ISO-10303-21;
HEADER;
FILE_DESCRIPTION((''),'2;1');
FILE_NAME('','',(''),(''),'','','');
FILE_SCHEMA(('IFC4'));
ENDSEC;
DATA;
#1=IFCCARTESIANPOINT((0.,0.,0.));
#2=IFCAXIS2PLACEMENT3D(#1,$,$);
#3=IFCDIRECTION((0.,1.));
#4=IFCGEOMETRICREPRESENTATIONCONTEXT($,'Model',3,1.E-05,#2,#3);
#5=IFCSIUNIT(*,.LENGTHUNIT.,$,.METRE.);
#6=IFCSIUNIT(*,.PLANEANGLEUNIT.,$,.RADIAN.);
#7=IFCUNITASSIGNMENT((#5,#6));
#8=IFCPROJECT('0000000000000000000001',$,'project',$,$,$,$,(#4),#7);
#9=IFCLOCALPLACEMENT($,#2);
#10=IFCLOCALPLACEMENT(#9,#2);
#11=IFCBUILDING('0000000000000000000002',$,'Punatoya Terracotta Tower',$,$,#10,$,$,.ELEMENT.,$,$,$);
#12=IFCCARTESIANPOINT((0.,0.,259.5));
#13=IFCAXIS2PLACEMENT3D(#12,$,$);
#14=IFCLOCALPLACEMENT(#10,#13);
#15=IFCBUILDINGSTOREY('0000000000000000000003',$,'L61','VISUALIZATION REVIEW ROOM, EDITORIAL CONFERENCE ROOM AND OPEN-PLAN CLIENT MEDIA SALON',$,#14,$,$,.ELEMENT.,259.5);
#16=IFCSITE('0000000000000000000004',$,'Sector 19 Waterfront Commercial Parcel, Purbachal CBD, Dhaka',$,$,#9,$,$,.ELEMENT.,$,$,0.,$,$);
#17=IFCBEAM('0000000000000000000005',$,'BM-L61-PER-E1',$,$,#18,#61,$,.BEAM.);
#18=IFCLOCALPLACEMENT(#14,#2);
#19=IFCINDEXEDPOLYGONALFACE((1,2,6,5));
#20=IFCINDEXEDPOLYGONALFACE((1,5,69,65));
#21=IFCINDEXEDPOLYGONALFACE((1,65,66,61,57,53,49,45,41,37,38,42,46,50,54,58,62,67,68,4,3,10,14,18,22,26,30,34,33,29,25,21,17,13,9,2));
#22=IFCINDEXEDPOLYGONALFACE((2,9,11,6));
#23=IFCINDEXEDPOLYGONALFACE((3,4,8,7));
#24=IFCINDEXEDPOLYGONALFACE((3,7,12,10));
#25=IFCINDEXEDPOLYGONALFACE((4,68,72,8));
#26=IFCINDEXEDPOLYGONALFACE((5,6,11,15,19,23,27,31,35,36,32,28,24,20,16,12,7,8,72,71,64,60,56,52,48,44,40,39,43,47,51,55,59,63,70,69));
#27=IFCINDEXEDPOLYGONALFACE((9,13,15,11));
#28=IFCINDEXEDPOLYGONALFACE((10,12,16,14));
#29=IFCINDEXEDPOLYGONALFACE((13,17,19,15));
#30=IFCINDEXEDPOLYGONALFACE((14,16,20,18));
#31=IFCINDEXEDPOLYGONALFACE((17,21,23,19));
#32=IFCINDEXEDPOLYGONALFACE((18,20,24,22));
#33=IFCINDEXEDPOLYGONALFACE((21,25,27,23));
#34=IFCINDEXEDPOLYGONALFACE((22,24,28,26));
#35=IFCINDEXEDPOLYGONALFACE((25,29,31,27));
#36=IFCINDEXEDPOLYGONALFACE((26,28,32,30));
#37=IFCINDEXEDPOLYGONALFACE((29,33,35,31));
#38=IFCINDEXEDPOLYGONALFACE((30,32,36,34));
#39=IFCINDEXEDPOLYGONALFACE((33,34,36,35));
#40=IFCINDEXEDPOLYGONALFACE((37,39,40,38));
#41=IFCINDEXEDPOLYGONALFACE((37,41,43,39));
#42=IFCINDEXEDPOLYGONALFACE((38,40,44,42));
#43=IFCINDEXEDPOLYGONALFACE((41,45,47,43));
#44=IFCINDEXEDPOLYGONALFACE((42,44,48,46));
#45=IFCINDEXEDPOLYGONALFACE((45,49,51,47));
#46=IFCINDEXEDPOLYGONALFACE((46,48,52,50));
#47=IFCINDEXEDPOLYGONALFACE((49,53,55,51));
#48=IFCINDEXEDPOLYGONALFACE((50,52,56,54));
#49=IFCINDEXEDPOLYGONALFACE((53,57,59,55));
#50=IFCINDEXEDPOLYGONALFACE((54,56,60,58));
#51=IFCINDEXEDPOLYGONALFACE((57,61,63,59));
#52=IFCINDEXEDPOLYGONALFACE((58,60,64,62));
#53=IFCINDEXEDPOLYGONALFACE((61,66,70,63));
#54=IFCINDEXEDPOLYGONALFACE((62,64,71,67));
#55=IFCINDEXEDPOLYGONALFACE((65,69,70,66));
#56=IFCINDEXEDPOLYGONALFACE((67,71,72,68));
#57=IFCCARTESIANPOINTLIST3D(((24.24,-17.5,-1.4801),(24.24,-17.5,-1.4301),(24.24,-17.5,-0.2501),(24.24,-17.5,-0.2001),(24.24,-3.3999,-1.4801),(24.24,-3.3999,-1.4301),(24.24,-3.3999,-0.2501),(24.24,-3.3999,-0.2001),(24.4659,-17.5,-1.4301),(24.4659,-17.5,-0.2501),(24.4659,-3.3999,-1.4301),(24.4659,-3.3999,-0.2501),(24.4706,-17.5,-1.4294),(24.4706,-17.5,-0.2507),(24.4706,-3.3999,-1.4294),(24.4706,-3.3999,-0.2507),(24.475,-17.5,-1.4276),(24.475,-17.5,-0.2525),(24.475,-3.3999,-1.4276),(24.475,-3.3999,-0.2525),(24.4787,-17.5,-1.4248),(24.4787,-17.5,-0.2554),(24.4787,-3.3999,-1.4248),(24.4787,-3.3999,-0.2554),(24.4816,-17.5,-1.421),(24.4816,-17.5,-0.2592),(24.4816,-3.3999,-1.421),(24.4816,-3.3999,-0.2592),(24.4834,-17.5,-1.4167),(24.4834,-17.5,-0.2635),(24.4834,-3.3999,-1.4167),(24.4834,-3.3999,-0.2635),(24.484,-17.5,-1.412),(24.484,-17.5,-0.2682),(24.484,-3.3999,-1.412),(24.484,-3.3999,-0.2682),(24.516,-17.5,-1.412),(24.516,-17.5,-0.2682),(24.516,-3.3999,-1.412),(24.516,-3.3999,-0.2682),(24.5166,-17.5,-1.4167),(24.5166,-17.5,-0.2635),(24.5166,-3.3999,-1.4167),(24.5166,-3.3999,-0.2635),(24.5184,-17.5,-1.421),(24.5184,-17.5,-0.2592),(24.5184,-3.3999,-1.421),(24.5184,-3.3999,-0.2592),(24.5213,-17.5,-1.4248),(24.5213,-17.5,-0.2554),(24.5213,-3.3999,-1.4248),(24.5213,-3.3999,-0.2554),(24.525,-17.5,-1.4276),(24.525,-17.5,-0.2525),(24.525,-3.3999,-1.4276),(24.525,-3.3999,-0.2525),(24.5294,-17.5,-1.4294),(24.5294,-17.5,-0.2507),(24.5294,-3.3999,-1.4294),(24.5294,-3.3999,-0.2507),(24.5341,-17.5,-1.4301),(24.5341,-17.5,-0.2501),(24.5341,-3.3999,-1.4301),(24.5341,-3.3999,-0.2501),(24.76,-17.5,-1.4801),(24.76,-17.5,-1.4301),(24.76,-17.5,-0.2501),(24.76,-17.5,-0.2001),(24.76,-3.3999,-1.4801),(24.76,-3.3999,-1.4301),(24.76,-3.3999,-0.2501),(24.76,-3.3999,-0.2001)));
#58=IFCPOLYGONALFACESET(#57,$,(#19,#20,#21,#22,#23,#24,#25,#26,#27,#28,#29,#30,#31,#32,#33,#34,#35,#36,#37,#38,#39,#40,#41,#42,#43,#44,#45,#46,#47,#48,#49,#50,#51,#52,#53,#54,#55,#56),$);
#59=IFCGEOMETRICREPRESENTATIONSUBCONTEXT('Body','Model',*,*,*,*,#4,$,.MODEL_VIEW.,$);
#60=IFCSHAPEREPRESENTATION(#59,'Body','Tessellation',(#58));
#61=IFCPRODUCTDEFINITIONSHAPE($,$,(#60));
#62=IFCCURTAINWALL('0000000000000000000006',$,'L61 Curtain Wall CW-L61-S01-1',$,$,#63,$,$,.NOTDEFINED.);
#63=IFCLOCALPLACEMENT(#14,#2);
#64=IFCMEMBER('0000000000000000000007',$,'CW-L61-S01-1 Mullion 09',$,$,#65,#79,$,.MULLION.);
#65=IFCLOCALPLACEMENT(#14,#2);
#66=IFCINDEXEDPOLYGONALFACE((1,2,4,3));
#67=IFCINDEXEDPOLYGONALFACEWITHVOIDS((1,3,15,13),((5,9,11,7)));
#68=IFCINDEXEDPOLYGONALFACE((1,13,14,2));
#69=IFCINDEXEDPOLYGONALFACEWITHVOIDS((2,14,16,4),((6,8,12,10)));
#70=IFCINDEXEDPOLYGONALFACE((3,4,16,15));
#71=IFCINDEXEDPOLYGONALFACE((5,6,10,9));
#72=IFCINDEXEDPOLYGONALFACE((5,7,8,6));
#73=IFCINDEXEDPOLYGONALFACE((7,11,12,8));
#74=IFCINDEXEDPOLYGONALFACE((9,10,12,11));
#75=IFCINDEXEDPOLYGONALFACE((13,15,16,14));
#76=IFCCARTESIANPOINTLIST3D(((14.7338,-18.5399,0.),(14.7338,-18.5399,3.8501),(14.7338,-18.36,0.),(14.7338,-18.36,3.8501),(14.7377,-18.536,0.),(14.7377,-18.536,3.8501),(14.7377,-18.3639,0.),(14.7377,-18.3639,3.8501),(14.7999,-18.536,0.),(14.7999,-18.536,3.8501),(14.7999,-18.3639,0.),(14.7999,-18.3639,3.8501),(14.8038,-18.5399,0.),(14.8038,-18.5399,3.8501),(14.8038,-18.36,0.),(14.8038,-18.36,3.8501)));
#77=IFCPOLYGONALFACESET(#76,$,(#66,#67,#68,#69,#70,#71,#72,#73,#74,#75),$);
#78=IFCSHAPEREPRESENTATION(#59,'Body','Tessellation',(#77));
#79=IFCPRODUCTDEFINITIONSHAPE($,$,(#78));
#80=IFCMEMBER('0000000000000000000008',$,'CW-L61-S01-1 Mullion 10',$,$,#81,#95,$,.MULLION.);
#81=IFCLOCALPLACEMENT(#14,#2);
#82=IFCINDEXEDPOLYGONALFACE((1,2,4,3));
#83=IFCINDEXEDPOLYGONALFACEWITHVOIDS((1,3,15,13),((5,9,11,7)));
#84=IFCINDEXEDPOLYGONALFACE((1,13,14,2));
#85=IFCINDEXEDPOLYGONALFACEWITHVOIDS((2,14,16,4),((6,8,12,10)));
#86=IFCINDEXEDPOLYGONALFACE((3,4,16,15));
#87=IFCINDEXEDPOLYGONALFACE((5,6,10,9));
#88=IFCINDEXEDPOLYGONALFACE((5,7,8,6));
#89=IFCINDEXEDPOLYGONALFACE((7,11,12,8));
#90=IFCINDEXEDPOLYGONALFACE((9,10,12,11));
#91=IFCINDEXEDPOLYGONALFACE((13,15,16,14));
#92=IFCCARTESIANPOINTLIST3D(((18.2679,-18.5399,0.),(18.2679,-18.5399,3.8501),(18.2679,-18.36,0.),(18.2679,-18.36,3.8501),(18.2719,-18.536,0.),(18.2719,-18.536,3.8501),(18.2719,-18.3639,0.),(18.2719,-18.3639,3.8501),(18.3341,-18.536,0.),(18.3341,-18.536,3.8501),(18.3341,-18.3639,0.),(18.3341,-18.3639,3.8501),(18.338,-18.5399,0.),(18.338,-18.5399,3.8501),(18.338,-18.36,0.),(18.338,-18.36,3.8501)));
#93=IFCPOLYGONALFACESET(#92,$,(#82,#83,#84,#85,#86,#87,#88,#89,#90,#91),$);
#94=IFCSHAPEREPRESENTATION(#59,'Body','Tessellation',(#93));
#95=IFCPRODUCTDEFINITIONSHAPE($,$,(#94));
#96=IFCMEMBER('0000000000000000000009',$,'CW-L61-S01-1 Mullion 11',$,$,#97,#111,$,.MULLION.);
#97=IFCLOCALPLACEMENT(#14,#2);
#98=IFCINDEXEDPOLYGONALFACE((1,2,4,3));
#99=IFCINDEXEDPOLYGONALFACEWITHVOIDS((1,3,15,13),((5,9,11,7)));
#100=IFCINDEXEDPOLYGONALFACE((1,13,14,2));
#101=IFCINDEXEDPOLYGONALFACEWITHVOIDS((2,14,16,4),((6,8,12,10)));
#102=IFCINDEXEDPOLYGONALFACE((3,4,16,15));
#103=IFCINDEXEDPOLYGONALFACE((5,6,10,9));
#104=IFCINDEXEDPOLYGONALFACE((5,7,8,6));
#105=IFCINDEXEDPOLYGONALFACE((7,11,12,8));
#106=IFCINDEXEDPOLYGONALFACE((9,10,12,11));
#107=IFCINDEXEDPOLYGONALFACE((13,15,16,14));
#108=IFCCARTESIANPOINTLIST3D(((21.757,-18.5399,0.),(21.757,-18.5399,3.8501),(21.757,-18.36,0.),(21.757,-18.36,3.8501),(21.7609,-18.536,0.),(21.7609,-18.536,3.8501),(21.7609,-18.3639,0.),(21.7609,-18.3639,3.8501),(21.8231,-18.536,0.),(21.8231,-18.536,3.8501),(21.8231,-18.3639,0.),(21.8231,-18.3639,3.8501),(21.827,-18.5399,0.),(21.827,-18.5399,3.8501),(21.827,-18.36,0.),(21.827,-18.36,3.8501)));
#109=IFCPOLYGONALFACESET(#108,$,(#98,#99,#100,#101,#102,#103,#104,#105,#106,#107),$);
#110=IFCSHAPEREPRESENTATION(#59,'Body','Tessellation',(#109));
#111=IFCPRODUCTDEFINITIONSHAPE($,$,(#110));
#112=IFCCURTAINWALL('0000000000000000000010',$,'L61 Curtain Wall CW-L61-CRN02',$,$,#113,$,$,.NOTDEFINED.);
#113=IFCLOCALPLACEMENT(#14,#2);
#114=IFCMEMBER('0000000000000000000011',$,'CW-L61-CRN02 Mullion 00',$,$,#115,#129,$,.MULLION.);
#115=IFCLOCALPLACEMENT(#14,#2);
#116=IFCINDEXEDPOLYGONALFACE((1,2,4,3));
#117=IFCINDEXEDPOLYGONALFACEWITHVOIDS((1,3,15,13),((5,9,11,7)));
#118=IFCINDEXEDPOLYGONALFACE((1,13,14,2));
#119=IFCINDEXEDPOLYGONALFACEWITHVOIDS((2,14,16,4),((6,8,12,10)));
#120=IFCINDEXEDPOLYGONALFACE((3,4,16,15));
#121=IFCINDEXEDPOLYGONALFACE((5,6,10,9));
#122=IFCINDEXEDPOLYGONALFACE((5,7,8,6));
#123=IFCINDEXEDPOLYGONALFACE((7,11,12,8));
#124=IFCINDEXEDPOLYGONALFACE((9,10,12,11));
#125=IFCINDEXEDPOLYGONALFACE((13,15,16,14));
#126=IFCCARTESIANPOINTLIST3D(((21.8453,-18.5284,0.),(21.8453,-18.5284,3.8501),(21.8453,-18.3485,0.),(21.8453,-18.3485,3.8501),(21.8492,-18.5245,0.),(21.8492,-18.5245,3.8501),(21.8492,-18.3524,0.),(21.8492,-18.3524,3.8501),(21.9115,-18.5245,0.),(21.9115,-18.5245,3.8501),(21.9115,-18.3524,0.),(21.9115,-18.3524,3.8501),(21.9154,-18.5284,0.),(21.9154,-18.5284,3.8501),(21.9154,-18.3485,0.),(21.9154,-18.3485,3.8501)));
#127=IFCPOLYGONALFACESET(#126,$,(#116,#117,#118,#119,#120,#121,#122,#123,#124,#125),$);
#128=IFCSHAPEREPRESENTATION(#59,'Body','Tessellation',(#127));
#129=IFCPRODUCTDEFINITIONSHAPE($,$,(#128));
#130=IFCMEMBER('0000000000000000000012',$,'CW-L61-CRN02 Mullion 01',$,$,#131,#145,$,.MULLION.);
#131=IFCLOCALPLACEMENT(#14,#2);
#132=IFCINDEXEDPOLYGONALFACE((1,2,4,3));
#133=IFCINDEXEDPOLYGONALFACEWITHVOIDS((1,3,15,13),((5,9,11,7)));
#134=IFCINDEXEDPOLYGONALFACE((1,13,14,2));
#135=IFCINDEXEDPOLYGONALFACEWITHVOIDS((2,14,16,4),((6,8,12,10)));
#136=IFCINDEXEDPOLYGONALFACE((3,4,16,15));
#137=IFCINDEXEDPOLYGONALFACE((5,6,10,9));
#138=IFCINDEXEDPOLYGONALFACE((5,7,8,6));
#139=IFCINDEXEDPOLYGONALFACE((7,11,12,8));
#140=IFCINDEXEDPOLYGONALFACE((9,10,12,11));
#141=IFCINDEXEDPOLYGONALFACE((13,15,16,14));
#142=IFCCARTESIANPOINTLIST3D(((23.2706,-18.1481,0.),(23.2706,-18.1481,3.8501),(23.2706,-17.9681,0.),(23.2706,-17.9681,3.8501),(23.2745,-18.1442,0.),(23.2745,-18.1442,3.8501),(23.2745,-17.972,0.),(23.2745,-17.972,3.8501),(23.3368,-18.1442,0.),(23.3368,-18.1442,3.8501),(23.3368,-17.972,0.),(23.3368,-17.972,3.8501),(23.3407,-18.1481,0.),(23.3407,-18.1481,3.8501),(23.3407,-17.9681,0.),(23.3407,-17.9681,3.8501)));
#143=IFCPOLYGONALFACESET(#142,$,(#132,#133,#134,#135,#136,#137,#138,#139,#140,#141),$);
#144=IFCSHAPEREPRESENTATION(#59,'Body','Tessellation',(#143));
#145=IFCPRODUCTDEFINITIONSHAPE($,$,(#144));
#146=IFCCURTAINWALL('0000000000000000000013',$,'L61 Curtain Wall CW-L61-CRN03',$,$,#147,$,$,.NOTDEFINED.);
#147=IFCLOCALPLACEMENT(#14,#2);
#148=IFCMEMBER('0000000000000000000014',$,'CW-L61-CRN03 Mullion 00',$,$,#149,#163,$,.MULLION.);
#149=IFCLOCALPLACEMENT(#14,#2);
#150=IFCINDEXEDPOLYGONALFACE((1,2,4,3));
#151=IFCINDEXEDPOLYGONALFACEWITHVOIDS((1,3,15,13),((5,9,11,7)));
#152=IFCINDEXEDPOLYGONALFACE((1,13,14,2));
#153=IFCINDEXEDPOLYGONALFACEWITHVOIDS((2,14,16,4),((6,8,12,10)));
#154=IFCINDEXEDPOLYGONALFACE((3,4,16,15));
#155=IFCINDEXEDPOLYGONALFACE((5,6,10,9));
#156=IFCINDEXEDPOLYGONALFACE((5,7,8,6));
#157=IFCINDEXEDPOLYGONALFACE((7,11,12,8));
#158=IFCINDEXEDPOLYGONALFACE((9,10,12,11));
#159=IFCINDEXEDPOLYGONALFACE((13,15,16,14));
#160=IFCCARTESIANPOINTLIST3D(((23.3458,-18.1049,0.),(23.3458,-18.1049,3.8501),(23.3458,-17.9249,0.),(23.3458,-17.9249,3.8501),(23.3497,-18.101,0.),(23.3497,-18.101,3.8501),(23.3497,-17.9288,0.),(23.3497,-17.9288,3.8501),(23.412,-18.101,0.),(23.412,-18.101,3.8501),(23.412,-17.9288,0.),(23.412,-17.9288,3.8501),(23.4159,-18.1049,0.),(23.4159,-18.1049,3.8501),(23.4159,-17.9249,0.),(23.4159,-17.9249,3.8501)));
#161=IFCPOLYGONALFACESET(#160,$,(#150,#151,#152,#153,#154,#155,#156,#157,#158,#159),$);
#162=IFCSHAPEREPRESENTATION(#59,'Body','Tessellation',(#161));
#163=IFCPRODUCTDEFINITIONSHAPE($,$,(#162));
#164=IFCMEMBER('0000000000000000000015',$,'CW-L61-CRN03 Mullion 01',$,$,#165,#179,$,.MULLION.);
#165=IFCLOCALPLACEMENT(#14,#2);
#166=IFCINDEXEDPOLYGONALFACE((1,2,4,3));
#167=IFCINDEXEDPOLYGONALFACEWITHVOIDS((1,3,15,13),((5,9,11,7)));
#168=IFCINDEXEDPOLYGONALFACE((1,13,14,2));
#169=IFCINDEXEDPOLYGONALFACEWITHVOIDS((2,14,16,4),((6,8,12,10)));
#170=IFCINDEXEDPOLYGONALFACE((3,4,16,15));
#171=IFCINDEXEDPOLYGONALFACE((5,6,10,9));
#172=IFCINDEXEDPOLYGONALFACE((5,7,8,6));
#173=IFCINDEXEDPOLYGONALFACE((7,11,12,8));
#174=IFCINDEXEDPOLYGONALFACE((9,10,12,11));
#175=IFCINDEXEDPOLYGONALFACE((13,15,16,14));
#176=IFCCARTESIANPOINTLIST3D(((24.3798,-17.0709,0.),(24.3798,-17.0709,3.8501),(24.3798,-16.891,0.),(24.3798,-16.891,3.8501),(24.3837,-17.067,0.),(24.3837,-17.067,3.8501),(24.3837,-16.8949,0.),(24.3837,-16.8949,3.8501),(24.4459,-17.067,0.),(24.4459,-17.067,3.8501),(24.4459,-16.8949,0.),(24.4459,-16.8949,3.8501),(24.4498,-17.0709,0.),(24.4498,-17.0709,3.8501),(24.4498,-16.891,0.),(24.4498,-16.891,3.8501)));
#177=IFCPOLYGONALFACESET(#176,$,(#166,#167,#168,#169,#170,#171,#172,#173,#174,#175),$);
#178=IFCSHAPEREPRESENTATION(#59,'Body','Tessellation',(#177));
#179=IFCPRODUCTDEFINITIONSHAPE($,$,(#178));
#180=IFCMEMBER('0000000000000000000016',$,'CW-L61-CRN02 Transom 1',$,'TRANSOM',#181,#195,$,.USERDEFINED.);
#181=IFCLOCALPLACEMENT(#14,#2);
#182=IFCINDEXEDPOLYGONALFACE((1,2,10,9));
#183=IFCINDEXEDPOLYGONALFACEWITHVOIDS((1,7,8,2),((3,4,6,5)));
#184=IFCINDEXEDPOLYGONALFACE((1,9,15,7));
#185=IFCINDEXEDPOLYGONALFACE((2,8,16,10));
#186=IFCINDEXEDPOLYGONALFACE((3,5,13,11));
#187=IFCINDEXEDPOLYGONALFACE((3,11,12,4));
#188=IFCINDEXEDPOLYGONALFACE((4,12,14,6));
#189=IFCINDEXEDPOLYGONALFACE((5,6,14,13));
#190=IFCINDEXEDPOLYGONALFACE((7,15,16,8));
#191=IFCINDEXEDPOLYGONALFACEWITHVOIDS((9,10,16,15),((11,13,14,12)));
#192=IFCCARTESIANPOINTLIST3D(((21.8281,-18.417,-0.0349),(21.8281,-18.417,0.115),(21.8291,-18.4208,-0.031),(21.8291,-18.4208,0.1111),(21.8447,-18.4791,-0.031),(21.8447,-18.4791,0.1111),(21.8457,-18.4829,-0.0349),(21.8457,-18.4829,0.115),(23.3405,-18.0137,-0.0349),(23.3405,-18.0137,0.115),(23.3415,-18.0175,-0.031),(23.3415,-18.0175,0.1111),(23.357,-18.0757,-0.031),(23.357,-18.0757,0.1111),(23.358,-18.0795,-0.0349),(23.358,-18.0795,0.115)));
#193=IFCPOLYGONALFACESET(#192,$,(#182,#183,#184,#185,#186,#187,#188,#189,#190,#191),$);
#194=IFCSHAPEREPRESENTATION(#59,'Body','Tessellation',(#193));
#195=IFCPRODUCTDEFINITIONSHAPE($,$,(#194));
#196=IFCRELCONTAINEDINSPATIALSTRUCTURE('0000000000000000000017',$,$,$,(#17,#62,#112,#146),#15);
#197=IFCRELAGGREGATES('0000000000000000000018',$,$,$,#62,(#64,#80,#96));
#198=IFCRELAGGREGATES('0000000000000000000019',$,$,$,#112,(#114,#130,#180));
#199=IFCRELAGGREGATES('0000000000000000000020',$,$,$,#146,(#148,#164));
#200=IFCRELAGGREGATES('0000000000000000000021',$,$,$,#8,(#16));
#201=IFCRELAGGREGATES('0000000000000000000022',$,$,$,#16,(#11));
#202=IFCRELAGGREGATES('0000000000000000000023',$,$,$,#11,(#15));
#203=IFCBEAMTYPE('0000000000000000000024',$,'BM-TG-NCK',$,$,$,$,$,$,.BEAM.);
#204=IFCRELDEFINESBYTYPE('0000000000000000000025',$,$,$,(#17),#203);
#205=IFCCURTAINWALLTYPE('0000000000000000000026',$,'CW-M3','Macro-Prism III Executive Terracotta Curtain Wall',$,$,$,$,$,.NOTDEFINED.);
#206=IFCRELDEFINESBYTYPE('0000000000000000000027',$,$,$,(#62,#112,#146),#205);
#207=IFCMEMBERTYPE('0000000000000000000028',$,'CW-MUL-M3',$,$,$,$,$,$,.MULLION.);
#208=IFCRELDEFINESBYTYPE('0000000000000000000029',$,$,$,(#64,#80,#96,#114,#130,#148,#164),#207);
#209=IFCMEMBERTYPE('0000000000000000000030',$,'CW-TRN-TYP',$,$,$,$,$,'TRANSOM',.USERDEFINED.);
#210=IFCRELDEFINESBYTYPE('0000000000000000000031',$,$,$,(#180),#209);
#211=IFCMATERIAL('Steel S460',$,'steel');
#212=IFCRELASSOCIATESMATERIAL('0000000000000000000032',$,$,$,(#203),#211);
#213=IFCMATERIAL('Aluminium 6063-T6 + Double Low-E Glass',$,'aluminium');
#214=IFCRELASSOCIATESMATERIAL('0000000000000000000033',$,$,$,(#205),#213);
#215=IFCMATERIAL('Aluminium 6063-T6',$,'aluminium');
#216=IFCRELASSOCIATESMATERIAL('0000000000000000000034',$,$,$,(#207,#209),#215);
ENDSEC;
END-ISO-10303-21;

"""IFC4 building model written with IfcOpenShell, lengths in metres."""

from ifc_helpers import new_model, si_unit, direction, frame, origin, origin_2d, place, context, subcontext, project, spatial, hollow_rectangle, i_section, extrude, material, material_profile, profile_set, type_object, element, aggregate, save


model = new_model("IFC4")

# Units and contexts
model_context = context("Model", 3, precision=1e-05, world=origin(), true_north=direction((0.0, 1.0)))
body_context = subcontext(model_context, "Body", "Model", "MODEL_VIEW")
ifc_project = project(units=[si_unit("LENGTHUNIT", "METRE"), si_unit("PLANEANGLEUNIT", "RADIAN")], contexts=[model_context])

# Site, building, storey
site_placement = place(None, origin())
site = spatial("IfcSite", under=ifc_project, at=site_placement, Name="Sector 19 Waterfront Commercial Parcel, Purbachal CBD, Dhaka", CompositionType="ELEMENT", RefElevation=0.0)
building_placement = place(site_placement, origin())
building = spatial("IfcBuilding", under=site, at=building_placement, Name="Punatoya Terracotta Tower", CompositionType="ELEMENT")
storey_placement = place(building_placement, frame((0.0, 0.0, 259.5)))
storey = spatial("IfcBuildingStorey", under=building, at=storey_placement, Name="L61", Description="VISUALIZATION REVIEW ROOM, EDITORIAL CONFERENCE ROOM AND OPEN-PLAN CLIENT MEDIA SALON", CompositionType="ELEMENT", Elevation=259.5)

# Shared definitions
ifc_material_1 = material(Name="Steel S460", Category="steel")

# Beam
ifc_material_profile_1 = material_profile(ifc_material_1, i_section(OverallWidth=0.52, OverallDepth=1.28, WebThickness=0.032, FlangeThickness=0.05, FilletRadius=0.0181, at=origin_2d()))
ifc_profile_set_1 = profile_set([ifc_material_profile_1], Name="Steel S460")
beam_type_1 = type_object("IfcBeamType", Name="BM-TG-NCK", PredefinedType="BEAM", material=ifc_profile_set_1)
beam_1_placement = place(storey_placement, frame((24.5, -17.5, -0.8401), z_axis=(0.0, 1.0, 0.0), x_axis=(-1.0, 0.0, 0.0)))
element("IfcBeam", 1, at=beam_1_placement, inside=storey, type_object=beam_type_1, Name="BM-L61-PER-E1", PredefinedType="BEAM", context=body_context, shape_type="SweptSolid", body=[
    extrude(i_section(OverallWidth=0.52, OverallDepth=1.28, WebThickness=0.032, FlangeThickness=0.05, FilletRadius=0.0181, at=origin_2d()), origin(), (0.0, 0.0, 1.0), 14.1001),
])

# Curtain walls, members
ifc_material_2 = material(Name="Aluminium 6063-T6 + Double Low-E Glass", Category="aluminium")
curtain_wall_type = type_object("IfcCurtainWallType", Name="CW-M3", Description="Macro-Prism III Executive Terracotta Curtain Wall", PredefinedType="NOTDEFINED", material=ifc_material_2)
curtain_wall_1_placement = place(storey_placement, origin())
curtain_wall_1 = element("IfcCurtainWall", 2, at=curtain_wall_1_placement, inside=storey, type_object=curtain_wall_type, Name="L61 Curtain Wall CW-L61-S01-1", PredefinedType="NOTDEFINED")
ifc_material_3 = material(Name="Aluminium 6063-T6", Category="aluminium")
ifc_material_profile_2 = material_profile(ifc_material_3, hollow_rectangle(XDim=0.0701, YDim=0.1799, WallThickness=0.0039, at=origin_2d()))
ifc_profile_set_2 = profile_set([ifc_material_profile_2], Name="Aluminium 6063-T6")
member_type_1 = type_object("IfcMemberType", Name="CW-MUL-M3", PredefinedType="MULLION", material=ifc_profile_set_2)
member_1_placement = place(storey_placement, frame((14.7688, -18.45, 0.0), z_axis=(0.0, 0.0, 1.0), x_axis=(1.0, 0.0, 0.0)))
member_1 = element("IfcMember", 3, at=member_1_placement, type_object=member_type_1, Name="CW-L61-S01-1 Mullion 09", PredefinedType="MULLION", context=body_context, shape_type="SweptSolid", body=[
    extrude(hollow_rectangle(XDim=0.0701, YDim=0.1799, WallThickness=0.0039, at=origin_2d()), origin(), (0.0, 0.0, 1.0), 3.8501),
])
member_2_placement = place(storey_placement, frame((18.303, -18.45, 0.0), z_axis=(0.0, 0.0, 1.0), x_axis=(1.0, 0.0, 0.0)))
member_2 = element("IfcMember", 4, at=member_2_placement, type_object=member_type_1, Name="CW-L61-S01-1 Mullion 10", PredefinedType="MULLION", context=body_context, shape_type="SweptSolid", body=[
    extrude(hollow_rectangle(XDim=0.0701, YDim=0.1799, WallThickness=0.0039, at=origin_2d()), origin(), (0.0, 0.0, 1.0), 3.8501),
])
member_3_placement = place(storey_placement, frame((21.792, -18.45, 0.0), z_axis=(0.0, 0.0, 1.0), x_axis=(1.0, 0.0, 0.0)))
member_3 = element("IfcMember", 5, at=member_3_placement, type_object=member_type_1, Name="CW-L61-S01-1 Mullion 11", PredefinedType="MULLION", context=body_context, shape_type="SweptSolid", body=[
    extrude(hollow_rectangle(XDim=0.0701, YDim=0.1799, WallThickness=0.0039, at=origin_2d()), origin(), (0.0, 0.0, 1.0), 3.8501),
])
curtain_wall_2_placement = place(storey_placement, origin())
curtain_wall_2 = element("IfcCurtainWall", 6, at=curtain_wall_2_placement, inside=storey, type_object=curtain_wall_type, Name="L61 Curtain Wall CW-L61-CRN02", PredefinedType="NOTDEFINED")
member_4_placement = place(storey_placement, frame((21.8804, -18.4385, 0.0), z_axis=(0.0, 0.0, 1.0), x_axis=(1.0, 0.0, 0.0)))
member_4 = element("IfcMember", 7, at=member_4_placement, type_object=member_type_1, Name="CW-L61-CRN02 Mullion 00", PredefinedType="MULLION", context=body_context, shape_type="SweptSolid", body=[
    extrude(hollow_rectangle(XDim=0.0701, YDim=0.1799, WallThickness=0.0039, at=origin_2d()), origin(), (0.0, 0.0, 1.0), 3.8501),
])
member_5_placement = place(storey_placement, frame((23.3057, -18.0581, 0.0), z_axis=(0.0, 0.0, 1.0), x_axis=(1.0, 0.0, 0.0)))
member_5 = element("IfcMember", 8, at=member_5_placement, type_object=member_type_1, Name="CW-L61-CRN02 Mullion 01", PredefinedType="MULLION", context=body_context, shape_type="SweptSolid", body=[
    extrude(hollow_rectangle(XDim=0.0701, YDim=0.1799, WallThickness=0.0039, at=origin_2d()), origin(), (0.0, 0.0, 1.0), 3.8501),
])
curtain_wall_3_placement = place(storey_placement, origin())
curtain_wall_3 = element("IfcCurtainWall", 9, at=curtain_wall_3_placement, inside=storey, type_object=curtain_wall_type, Name="L61 Curtain Wall CW-L61-CRN03", PredefinedType="NOTDEFINED")
member_6_placement = place(storey_placement, frame((23.3809, -18.0149, 0.0), z_axis=(0.0, 0.0, 1.0), x_axis=(1.0, 0.0, 0.0)))
member_6 = element("IfcMember", 10, at=member_6_placement, type_object=member_type_1, Name="CW-L61-CRN03 Mullion 00", PredefinedType="MULLION", context=body_context, shape_type="SweptSolid", body=[
    extrude(hollow_rectangle(XDim=0.0701, YDim=0.1799, WallThickness=0.0039, at=origin_2d()), origin(), (0.0, 0.0, 1.0), 3.8501),
])
member_7_placement = place(storey_placement, frame((24.4148, -16.981, 0.0), z_axis=(0.0, 0.0, 1.0), x_axis=(1.0, 0.0, 0.0)))
member_7 = element("IfcMember", 11, at=member_7_placement, type_object=member_type_1, Name="CW-L61-CRN03 Mullion 01", PredefinedType="MULLION", context=body_context, shape_type="SweptSolid", body=[
    extrude(hollow_rectangle(XDim=0.0701, YDim=0.1799, WallThickness=0.0039, at=origin_2d()), origin(), (0.0, 0.0, 1.0), 3.8501),
])

# Member
ifc_material_profile_3 = material_profile(ifc_material_3, hollow_rectangle(XDim=0.0681, YDim=0.1499, WallThickness=0.0039, at=origin_2d()))
ifc_profile_set_3 = profile_set([ifc_material_profile_3], Name="Aluminium 6063-T6")
member_type_2 = type_object("IfcMemberType", Name="CW-TRN-TYP", ElementType="TRANSOM", PredefinedType="USERDEFINED", material=ifc_profile_set_3)
member_8_placement = place(storey_placement, frame((21.8369, -18.45, 0.04), z_axis=(0.966225, 0.257701, 0.0), x_axis=(-0.257701, 0.966225, 0.0)))
member_8 = element("IfcMember", 12, at=member_8_placement, type_object=member_type_2, Name="CW-L61-CRN02 Transom 1", ObjectType="TRANSOM", PredefinedType="USERDEFINED", context=body_context, shape_type="SweptSolid", body=[
    extrude(hollow_rectangle(XDim=0.0681, YDim=0.1499, WallThickness=0.0039, at=origin_2d()), origin(), (0.0, 0.0, 1.0), 1.5652),
])

aggregate(curtain_wall_1, [member_1, member_2, member_3])
aggregate(curtain_wall_2, [member_4, member_5, member_8])
aggregate(curtain_wall_3, [member_6, member_7])

save(model, "model.ifc")
